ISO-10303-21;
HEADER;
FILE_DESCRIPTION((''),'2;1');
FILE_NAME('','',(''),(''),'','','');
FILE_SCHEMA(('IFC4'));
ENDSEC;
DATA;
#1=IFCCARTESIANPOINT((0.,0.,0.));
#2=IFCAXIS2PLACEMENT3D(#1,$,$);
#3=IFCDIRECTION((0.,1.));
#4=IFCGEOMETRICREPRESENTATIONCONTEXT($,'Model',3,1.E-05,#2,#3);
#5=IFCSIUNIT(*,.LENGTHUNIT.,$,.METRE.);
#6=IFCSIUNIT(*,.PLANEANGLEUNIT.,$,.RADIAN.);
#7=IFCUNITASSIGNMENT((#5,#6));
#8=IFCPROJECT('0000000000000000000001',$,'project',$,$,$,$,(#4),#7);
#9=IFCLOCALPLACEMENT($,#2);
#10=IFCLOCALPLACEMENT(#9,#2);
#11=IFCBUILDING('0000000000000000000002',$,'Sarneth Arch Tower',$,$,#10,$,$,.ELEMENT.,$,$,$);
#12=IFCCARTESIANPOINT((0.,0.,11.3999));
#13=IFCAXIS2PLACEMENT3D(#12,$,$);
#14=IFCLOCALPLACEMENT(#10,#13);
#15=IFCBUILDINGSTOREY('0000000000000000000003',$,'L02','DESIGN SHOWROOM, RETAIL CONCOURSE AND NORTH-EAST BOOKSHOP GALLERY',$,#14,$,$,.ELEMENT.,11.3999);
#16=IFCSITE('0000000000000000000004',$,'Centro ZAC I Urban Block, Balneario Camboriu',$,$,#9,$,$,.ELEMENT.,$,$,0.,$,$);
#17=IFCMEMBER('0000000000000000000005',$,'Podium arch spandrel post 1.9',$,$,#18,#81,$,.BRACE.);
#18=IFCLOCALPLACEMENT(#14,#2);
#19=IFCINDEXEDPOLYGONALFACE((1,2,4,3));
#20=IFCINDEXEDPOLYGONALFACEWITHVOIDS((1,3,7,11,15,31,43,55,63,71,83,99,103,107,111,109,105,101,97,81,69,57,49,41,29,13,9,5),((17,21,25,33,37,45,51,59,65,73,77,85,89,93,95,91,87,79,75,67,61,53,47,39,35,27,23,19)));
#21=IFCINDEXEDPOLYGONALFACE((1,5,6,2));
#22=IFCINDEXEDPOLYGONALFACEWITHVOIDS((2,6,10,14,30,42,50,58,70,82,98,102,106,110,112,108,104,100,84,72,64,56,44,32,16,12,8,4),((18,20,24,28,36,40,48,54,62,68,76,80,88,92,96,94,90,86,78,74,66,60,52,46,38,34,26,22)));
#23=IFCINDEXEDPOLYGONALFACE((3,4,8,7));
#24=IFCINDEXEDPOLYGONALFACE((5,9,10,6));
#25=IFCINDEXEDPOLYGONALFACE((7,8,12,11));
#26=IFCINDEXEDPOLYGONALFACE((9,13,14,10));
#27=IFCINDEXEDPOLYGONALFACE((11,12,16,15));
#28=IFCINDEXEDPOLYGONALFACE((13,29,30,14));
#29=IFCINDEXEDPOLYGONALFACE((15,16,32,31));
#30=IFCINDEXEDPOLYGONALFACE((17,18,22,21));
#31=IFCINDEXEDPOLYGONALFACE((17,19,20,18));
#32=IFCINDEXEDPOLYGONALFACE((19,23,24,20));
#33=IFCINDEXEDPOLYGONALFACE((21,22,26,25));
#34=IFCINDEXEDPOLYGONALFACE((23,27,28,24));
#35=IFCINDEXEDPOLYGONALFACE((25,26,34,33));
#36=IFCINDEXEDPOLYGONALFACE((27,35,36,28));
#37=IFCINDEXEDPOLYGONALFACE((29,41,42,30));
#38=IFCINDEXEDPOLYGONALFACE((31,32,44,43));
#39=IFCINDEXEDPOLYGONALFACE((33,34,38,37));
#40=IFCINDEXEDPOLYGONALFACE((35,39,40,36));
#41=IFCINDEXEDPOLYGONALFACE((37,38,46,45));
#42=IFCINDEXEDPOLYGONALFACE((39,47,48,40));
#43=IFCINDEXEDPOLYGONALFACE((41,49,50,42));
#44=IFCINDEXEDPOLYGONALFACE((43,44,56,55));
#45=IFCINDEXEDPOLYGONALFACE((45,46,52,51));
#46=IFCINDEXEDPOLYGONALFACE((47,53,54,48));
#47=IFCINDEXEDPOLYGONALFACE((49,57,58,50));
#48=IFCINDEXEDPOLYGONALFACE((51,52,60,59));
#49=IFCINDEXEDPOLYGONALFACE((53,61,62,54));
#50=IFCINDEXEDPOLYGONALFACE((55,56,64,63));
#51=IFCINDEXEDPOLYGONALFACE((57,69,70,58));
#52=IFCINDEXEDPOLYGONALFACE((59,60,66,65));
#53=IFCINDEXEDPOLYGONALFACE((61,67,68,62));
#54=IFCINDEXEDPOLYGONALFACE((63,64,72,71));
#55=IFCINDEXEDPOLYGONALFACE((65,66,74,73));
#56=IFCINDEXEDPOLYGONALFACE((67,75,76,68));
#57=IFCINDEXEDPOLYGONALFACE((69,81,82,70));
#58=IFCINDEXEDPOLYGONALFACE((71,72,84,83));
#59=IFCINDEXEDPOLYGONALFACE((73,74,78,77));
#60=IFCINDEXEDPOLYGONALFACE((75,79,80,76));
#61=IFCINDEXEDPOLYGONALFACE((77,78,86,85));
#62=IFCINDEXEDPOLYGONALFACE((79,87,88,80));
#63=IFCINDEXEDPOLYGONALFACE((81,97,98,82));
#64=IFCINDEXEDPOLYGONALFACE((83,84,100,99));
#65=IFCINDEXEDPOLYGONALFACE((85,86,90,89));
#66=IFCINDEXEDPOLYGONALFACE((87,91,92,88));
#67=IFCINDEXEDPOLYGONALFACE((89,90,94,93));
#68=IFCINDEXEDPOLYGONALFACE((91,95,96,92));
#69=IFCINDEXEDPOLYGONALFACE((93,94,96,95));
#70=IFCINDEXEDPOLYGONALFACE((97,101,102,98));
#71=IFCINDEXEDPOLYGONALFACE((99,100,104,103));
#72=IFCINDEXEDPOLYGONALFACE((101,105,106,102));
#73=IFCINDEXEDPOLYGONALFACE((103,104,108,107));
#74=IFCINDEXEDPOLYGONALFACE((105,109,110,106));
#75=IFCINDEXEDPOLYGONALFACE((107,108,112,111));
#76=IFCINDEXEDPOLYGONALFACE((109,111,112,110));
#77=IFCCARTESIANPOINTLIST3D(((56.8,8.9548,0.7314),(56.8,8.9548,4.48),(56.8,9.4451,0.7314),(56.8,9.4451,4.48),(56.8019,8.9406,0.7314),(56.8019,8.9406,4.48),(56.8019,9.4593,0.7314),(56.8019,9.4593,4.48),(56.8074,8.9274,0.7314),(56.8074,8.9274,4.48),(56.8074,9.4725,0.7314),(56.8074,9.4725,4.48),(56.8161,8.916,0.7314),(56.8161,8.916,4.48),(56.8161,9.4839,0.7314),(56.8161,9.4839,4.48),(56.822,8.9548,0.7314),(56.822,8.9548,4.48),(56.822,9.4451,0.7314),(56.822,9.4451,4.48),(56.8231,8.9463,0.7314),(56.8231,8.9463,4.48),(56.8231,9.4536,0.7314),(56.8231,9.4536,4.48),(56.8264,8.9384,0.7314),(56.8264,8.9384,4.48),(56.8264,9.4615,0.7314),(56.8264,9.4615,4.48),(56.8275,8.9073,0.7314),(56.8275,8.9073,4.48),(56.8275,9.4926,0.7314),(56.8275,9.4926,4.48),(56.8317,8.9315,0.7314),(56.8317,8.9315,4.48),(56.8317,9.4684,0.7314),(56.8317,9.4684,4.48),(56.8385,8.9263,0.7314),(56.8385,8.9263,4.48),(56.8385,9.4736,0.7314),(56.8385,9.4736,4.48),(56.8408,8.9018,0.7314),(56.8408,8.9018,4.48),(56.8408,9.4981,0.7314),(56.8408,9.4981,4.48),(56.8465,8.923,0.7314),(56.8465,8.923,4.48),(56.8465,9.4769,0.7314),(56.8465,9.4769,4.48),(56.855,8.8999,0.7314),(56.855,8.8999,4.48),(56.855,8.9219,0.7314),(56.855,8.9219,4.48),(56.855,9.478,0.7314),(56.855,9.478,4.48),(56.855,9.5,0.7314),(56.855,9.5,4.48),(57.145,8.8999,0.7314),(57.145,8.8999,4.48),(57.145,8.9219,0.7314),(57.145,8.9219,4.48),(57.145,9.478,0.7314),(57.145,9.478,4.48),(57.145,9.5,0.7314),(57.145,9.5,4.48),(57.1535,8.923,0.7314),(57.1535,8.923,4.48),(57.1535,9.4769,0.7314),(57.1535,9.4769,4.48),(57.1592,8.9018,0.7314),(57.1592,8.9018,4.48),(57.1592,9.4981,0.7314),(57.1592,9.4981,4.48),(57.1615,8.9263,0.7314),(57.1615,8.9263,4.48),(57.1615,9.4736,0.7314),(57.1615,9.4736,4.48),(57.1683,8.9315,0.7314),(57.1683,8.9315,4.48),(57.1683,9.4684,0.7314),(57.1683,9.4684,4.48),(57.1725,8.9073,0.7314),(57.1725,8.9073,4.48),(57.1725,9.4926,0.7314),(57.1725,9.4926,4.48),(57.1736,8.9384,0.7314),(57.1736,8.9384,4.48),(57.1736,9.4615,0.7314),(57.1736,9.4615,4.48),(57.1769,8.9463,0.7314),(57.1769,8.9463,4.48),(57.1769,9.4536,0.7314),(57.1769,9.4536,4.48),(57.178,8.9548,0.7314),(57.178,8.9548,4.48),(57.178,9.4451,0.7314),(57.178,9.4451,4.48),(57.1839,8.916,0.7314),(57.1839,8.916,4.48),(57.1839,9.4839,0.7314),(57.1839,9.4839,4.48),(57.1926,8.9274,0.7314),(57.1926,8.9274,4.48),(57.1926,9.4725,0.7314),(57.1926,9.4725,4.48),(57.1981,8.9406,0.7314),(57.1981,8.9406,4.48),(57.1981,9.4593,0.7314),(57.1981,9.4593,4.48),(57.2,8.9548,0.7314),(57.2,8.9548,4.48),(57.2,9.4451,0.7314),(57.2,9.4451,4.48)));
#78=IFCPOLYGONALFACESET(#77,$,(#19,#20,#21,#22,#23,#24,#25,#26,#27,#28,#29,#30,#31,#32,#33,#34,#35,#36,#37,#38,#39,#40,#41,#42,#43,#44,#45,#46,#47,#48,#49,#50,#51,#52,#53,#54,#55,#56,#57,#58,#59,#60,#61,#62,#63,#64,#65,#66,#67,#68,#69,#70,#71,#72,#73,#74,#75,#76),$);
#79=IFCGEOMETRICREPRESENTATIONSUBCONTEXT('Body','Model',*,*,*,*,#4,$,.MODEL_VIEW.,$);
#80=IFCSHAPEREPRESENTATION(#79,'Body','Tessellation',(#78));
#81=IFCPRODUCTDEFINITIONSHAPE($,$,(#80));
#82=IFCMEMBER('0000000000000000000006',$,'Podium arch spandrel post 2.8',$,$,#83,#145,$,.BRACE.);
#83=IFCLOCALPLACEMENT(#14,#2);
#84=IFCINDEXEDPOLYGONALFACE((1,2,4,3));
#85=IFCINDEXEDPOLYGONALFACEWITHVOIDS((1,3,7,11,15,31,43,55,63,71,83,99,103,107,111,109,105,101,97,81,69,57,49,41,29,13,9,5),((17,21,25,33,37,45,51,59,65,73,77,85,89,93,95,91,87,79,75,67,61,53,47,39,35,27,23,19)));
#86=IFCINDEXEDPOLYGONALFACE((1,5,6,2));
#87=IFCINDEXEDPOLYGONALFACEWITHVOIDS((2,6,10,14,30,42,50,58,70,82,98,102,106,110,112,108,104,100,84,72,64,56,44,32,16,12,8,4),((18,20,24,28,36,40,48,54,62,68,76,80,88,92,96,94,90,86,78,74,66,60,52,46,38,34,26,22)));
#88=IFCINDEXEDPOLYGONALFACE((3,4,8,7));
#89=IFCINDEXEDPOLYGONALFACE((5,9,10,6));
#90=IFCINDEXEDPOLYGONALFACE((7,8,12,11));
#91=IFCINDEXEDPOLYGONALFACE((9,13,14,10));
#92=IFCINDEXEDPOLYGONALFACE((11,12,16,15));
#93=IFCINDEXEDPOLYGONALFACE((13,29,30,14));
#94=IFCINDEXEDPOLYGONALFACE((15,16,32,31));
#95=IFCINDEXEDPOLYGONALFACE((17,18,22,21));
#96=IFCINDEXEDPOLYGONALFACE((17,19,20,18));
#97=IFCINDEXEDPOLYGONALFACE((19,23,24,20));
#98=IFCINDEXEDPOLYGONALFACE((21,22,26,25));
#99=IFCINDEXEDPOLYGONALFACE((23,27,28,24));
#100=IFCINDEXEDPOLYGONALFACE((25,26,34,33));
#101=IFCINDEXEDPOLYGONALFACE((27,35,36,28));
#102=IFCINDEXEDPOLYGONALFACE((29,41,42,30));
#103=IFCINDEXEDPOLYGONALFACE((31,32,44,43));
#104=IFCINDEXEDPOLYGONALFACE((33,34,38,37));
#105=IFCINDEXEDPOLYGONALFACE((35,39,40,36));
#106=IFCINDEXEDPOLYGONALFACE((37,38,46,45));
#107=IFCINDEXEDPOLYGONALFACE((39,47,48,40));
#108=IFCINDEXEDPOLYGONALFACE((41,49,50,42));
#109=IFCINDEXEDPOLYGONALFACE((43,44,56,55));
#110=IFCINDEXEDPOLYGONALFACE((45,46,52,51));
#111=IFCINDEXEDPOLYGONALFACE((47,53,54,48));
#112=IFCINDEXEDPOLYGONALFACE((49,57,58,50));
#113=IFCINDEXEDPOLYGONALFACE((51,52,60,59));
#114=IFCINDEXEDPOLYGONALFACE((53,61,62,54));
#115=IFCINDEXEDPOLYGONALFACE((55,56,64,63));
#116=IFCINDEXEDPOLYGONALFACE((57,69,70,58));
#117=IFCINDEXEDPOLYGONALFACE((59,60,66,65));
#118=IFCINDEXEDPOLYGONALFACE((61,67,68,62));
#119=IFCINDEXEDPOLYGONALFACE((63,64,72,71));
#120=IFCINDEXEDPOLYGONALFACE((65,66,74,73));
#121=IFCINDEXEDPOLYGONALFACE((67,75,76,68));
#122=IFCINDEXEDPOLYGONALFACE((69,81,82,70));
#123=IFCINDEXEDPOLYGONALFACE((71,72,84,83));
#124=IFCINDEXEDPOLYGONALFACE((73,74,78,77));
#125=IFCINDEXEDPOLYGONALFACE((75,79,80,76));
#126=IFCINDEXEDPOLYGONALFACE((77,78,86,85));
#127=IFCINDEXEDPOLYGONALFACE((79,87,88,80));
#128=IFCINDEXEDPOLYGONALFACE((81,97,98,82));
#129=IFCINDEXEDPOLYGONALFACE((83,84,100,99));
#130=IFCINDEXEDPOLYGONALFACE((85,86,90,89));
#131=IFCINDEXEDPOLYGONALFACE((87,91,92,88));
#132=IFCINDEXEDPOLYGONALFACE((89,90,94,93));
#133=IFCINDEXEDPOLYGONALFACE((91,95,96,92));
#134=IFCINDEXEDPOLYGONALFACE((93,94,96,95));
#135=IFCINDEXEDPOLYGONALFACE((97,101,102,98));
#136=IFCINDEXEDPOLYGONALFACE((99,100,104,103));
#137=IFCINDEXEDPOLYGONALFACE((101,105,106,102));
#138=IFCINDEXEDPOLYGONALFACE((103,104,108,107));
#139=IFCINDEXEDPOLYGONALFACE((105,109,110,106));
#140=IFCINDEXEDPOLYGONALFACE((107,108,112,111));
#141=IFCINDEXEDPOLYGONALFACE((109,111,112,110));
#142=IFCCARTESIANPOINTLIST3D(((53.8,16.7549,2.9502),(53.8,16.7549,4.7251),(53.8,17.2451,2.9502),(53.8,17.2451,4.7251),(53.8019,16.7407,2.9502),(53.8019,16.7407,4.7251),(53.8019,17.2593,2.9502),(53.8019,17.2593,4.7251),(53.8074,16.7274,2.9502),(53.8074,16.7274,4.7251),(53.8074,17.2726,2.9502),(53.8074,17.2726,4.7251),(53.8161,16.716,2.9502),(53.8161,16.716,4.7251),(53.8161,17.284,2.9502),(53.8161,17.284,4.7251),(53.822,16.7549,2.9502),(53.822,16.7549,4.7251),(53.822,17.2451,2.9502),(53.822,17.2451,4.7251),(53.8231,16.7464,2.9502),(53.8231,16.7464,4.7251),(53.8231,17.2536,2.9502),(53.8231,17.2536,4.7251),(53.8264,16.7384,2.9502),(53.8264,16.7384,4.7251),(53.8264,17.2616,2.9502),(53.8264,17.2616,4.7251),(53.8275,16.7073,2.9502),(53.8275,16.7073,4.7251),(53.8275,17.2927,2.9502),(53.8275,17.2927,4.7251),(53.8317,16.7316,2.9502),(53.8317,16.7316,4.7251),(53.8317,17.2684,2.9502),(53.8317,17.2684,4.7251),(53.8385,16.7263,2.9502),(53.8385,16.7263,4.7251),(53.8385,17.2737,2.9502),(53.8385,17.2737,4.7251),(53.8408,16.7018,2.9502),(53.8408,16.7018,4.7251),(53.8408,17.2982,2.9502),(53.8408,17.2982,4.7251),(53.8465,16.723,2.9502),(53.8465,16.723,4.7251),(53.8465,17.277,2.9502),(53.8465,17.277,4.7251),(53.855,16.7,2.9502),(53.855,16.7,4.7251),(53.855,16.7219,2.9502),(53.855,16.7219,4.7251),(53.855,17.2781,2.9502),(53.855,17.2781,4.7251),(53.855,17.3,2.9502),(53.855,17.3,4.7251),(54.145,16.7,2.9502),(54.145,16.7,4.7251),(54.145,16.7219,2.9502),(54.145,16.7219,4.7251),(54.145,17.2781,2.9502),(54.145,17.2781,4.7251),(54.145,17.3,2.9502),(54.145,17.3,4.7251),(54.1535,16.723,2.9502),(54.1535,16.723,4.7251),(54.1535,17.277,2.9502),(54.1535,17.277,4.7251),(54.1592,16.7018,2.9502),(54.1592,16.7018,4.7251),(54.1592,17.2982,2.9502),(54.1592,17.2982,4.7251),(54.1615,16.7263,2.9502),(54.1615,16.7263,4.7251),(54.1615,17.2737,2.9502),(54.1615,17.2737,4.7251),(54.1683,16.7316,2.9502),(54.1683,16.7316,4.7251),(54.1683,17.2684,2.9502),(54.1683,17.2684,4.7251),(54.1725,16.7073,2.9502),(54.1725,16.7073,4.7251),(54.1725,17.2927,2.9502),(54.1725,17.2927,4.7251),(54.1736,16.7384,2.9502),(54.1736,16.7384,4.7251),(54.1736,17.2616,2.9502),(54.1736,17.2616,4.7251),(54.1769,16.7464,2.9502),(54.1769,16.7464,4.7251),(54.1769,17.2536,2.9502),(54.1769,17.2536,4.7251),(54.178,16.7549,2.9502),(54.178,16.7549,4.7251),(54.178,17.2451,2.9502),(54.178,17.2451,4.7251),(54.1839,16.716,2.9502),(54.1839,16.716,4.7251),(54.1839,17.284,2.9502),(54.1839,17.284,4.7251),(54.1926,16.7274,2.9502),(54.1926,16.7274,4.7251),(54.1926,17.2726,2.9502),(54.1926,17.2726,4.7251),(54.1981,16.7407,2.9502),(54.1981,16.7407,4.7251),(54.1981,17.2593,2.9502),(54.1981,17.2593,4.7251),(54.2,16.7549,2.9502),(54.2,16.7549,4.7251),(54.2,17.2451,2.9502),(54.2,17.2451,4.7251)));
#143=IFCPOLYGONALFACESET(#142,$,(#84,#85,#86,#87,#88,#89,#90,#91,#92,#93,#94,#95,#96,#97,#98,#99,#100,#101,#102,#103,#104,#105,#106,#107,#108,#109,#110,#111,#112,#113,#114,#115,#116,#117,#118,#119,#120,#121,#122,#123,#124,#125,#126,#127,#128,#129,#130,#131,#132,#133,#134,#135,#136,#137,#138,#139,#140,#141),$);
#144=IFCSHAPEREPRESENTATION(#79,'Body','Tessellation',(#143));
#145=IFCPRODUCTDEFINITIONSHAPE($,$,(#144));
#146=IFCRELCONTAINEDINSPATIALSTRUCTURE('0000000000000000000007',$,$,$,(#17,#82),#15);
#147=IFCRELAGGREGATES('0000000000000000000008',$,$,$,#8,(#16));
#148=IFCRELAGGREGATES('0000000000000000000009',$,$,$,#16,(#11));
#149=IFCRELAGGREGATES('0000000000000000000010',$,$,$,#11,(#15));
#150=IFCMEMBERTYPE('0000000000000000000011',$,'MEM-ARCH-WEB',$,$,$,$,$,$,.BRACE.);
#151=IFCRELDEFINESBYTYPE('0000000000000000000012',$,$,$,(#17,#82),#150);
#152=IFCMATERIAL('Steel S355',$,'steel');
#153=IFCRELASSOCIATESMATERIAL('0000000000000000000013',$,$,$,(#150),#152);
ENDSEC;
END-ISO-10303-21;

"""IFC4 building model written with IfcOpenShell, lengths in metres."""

from ifc_helpers import new_model, si_unit, direction, frame, origin, origin_2d, place, context, subcontext, project, spatial, hollow_rectangle, extrude, material, material_profile, profile_set, type_object, element, save


model = new_model("IFC4")

# Units and contexts
model_context = context("Model", 3, precision=1e-05, world=origin(), true_north=direction((0.0, 1.0)))
body_context = subcontext(model_context, "Body", "Model", "MODEL_VIEW")
ifc_project = project(units=[si_unit("LENGTHUNIT", "METRE"), si_unit("PLANEANGLEUNIT", "RADIAN")], contexts=[model_context])

# Site, building, storey
site_placement = place(None, origin())
site = spatial("IfcSite", under=ifc_project, at=site_placement, Name="Centro ZAC I Urban Block, Balneario Camboriu", CompositionType="ELEMENT", RefElevation=0.0)
building_placement = place(site_placement, origin())
building = spatial("IfcBuilding", under=site, at=building_placement, Name="Sarneth Arch Tower", CompositionType="ELEMENT")
storey_placement = place(building_placement, frame((0.0, 0.0, 11.3999)))
storey = spatial("IfcBuildingStorey", under=building, at=storey_placement, Name="L02", Description="DESIGN SHOWROOM, RETAIL CONCOURSE AND NORTH-EAST BOOKSHOP GALLERY", CompositionType="ELEMENT", Elevation=11.3999)

# Members
ifc_material_1 = material(Name="Steel S355", Category="steel")
ifc_material_profile_1 = material_profile(ifc_material_1, hollow_rectangle(XDim=0.3999, YDim=0.6001, WallThickness=0.022, InnerFilletRadius=0.033, OuterFilletRadius=0.0549, at=origin_2d()), Name="RHS600x400x22")
ifc_profile_set_1 = profile_set([ifc_material_profile_1], Name="Steel S355")
member_type_1 = type_object("IfcMemberType", Name="MEM-ARCH-WEB", PredefinedType="BRACE", material=ifc_profile_set_1)
member_1_placement = place(storey_placement, frame((57.0, 9.2, 0.7314), z_axis=(0.0, 0.0, 1.0), x_axis=(1.0, 0.0, 0.0)))
element("IfcMember", 1, at=member_1_placement, inside=storey, type_object=member_type_1, Name="Podium arch spandrel post 1.9", PredefinedType="BRACE", context=body_context, shape_type="SweptSolid", body=[
    extrude(hollow_rectangle(XDim=0.3999, YDim=0.6001, WallThickness=0.022, InnerFilletRadius=0.033, OuterFilletRadius=0.0549, at=origin_2d()), origin(), (0.0, 0.0, 1.0), 3.7485),
])
member_2_placement = place(storey_placement, frame((54.0, 17.0, 2.9502), z_axis=(0.0, 0.0, 1.0), x_axis=(1.0, 0.0, 0.0)))
element("IfcMember", 2, at=member_2_placement, inside=storey, type_object=member_type_1, Name="Podium arch spandrel post 2.8", PredefinedType="BRACE", context=body_context, shape_type="SweptSolid", body=[
    extrude(hollow_rectangle(XDim=0.3999, YDim=0.6001, WallThickness=0.022, InnerFilletRadius=0.033, OuterFilletRadius=0.0549, at=origin_2d()), origin(), (0.0, 0.0, 1.0), 1.7749),
])

save(model, "model.ifc")
